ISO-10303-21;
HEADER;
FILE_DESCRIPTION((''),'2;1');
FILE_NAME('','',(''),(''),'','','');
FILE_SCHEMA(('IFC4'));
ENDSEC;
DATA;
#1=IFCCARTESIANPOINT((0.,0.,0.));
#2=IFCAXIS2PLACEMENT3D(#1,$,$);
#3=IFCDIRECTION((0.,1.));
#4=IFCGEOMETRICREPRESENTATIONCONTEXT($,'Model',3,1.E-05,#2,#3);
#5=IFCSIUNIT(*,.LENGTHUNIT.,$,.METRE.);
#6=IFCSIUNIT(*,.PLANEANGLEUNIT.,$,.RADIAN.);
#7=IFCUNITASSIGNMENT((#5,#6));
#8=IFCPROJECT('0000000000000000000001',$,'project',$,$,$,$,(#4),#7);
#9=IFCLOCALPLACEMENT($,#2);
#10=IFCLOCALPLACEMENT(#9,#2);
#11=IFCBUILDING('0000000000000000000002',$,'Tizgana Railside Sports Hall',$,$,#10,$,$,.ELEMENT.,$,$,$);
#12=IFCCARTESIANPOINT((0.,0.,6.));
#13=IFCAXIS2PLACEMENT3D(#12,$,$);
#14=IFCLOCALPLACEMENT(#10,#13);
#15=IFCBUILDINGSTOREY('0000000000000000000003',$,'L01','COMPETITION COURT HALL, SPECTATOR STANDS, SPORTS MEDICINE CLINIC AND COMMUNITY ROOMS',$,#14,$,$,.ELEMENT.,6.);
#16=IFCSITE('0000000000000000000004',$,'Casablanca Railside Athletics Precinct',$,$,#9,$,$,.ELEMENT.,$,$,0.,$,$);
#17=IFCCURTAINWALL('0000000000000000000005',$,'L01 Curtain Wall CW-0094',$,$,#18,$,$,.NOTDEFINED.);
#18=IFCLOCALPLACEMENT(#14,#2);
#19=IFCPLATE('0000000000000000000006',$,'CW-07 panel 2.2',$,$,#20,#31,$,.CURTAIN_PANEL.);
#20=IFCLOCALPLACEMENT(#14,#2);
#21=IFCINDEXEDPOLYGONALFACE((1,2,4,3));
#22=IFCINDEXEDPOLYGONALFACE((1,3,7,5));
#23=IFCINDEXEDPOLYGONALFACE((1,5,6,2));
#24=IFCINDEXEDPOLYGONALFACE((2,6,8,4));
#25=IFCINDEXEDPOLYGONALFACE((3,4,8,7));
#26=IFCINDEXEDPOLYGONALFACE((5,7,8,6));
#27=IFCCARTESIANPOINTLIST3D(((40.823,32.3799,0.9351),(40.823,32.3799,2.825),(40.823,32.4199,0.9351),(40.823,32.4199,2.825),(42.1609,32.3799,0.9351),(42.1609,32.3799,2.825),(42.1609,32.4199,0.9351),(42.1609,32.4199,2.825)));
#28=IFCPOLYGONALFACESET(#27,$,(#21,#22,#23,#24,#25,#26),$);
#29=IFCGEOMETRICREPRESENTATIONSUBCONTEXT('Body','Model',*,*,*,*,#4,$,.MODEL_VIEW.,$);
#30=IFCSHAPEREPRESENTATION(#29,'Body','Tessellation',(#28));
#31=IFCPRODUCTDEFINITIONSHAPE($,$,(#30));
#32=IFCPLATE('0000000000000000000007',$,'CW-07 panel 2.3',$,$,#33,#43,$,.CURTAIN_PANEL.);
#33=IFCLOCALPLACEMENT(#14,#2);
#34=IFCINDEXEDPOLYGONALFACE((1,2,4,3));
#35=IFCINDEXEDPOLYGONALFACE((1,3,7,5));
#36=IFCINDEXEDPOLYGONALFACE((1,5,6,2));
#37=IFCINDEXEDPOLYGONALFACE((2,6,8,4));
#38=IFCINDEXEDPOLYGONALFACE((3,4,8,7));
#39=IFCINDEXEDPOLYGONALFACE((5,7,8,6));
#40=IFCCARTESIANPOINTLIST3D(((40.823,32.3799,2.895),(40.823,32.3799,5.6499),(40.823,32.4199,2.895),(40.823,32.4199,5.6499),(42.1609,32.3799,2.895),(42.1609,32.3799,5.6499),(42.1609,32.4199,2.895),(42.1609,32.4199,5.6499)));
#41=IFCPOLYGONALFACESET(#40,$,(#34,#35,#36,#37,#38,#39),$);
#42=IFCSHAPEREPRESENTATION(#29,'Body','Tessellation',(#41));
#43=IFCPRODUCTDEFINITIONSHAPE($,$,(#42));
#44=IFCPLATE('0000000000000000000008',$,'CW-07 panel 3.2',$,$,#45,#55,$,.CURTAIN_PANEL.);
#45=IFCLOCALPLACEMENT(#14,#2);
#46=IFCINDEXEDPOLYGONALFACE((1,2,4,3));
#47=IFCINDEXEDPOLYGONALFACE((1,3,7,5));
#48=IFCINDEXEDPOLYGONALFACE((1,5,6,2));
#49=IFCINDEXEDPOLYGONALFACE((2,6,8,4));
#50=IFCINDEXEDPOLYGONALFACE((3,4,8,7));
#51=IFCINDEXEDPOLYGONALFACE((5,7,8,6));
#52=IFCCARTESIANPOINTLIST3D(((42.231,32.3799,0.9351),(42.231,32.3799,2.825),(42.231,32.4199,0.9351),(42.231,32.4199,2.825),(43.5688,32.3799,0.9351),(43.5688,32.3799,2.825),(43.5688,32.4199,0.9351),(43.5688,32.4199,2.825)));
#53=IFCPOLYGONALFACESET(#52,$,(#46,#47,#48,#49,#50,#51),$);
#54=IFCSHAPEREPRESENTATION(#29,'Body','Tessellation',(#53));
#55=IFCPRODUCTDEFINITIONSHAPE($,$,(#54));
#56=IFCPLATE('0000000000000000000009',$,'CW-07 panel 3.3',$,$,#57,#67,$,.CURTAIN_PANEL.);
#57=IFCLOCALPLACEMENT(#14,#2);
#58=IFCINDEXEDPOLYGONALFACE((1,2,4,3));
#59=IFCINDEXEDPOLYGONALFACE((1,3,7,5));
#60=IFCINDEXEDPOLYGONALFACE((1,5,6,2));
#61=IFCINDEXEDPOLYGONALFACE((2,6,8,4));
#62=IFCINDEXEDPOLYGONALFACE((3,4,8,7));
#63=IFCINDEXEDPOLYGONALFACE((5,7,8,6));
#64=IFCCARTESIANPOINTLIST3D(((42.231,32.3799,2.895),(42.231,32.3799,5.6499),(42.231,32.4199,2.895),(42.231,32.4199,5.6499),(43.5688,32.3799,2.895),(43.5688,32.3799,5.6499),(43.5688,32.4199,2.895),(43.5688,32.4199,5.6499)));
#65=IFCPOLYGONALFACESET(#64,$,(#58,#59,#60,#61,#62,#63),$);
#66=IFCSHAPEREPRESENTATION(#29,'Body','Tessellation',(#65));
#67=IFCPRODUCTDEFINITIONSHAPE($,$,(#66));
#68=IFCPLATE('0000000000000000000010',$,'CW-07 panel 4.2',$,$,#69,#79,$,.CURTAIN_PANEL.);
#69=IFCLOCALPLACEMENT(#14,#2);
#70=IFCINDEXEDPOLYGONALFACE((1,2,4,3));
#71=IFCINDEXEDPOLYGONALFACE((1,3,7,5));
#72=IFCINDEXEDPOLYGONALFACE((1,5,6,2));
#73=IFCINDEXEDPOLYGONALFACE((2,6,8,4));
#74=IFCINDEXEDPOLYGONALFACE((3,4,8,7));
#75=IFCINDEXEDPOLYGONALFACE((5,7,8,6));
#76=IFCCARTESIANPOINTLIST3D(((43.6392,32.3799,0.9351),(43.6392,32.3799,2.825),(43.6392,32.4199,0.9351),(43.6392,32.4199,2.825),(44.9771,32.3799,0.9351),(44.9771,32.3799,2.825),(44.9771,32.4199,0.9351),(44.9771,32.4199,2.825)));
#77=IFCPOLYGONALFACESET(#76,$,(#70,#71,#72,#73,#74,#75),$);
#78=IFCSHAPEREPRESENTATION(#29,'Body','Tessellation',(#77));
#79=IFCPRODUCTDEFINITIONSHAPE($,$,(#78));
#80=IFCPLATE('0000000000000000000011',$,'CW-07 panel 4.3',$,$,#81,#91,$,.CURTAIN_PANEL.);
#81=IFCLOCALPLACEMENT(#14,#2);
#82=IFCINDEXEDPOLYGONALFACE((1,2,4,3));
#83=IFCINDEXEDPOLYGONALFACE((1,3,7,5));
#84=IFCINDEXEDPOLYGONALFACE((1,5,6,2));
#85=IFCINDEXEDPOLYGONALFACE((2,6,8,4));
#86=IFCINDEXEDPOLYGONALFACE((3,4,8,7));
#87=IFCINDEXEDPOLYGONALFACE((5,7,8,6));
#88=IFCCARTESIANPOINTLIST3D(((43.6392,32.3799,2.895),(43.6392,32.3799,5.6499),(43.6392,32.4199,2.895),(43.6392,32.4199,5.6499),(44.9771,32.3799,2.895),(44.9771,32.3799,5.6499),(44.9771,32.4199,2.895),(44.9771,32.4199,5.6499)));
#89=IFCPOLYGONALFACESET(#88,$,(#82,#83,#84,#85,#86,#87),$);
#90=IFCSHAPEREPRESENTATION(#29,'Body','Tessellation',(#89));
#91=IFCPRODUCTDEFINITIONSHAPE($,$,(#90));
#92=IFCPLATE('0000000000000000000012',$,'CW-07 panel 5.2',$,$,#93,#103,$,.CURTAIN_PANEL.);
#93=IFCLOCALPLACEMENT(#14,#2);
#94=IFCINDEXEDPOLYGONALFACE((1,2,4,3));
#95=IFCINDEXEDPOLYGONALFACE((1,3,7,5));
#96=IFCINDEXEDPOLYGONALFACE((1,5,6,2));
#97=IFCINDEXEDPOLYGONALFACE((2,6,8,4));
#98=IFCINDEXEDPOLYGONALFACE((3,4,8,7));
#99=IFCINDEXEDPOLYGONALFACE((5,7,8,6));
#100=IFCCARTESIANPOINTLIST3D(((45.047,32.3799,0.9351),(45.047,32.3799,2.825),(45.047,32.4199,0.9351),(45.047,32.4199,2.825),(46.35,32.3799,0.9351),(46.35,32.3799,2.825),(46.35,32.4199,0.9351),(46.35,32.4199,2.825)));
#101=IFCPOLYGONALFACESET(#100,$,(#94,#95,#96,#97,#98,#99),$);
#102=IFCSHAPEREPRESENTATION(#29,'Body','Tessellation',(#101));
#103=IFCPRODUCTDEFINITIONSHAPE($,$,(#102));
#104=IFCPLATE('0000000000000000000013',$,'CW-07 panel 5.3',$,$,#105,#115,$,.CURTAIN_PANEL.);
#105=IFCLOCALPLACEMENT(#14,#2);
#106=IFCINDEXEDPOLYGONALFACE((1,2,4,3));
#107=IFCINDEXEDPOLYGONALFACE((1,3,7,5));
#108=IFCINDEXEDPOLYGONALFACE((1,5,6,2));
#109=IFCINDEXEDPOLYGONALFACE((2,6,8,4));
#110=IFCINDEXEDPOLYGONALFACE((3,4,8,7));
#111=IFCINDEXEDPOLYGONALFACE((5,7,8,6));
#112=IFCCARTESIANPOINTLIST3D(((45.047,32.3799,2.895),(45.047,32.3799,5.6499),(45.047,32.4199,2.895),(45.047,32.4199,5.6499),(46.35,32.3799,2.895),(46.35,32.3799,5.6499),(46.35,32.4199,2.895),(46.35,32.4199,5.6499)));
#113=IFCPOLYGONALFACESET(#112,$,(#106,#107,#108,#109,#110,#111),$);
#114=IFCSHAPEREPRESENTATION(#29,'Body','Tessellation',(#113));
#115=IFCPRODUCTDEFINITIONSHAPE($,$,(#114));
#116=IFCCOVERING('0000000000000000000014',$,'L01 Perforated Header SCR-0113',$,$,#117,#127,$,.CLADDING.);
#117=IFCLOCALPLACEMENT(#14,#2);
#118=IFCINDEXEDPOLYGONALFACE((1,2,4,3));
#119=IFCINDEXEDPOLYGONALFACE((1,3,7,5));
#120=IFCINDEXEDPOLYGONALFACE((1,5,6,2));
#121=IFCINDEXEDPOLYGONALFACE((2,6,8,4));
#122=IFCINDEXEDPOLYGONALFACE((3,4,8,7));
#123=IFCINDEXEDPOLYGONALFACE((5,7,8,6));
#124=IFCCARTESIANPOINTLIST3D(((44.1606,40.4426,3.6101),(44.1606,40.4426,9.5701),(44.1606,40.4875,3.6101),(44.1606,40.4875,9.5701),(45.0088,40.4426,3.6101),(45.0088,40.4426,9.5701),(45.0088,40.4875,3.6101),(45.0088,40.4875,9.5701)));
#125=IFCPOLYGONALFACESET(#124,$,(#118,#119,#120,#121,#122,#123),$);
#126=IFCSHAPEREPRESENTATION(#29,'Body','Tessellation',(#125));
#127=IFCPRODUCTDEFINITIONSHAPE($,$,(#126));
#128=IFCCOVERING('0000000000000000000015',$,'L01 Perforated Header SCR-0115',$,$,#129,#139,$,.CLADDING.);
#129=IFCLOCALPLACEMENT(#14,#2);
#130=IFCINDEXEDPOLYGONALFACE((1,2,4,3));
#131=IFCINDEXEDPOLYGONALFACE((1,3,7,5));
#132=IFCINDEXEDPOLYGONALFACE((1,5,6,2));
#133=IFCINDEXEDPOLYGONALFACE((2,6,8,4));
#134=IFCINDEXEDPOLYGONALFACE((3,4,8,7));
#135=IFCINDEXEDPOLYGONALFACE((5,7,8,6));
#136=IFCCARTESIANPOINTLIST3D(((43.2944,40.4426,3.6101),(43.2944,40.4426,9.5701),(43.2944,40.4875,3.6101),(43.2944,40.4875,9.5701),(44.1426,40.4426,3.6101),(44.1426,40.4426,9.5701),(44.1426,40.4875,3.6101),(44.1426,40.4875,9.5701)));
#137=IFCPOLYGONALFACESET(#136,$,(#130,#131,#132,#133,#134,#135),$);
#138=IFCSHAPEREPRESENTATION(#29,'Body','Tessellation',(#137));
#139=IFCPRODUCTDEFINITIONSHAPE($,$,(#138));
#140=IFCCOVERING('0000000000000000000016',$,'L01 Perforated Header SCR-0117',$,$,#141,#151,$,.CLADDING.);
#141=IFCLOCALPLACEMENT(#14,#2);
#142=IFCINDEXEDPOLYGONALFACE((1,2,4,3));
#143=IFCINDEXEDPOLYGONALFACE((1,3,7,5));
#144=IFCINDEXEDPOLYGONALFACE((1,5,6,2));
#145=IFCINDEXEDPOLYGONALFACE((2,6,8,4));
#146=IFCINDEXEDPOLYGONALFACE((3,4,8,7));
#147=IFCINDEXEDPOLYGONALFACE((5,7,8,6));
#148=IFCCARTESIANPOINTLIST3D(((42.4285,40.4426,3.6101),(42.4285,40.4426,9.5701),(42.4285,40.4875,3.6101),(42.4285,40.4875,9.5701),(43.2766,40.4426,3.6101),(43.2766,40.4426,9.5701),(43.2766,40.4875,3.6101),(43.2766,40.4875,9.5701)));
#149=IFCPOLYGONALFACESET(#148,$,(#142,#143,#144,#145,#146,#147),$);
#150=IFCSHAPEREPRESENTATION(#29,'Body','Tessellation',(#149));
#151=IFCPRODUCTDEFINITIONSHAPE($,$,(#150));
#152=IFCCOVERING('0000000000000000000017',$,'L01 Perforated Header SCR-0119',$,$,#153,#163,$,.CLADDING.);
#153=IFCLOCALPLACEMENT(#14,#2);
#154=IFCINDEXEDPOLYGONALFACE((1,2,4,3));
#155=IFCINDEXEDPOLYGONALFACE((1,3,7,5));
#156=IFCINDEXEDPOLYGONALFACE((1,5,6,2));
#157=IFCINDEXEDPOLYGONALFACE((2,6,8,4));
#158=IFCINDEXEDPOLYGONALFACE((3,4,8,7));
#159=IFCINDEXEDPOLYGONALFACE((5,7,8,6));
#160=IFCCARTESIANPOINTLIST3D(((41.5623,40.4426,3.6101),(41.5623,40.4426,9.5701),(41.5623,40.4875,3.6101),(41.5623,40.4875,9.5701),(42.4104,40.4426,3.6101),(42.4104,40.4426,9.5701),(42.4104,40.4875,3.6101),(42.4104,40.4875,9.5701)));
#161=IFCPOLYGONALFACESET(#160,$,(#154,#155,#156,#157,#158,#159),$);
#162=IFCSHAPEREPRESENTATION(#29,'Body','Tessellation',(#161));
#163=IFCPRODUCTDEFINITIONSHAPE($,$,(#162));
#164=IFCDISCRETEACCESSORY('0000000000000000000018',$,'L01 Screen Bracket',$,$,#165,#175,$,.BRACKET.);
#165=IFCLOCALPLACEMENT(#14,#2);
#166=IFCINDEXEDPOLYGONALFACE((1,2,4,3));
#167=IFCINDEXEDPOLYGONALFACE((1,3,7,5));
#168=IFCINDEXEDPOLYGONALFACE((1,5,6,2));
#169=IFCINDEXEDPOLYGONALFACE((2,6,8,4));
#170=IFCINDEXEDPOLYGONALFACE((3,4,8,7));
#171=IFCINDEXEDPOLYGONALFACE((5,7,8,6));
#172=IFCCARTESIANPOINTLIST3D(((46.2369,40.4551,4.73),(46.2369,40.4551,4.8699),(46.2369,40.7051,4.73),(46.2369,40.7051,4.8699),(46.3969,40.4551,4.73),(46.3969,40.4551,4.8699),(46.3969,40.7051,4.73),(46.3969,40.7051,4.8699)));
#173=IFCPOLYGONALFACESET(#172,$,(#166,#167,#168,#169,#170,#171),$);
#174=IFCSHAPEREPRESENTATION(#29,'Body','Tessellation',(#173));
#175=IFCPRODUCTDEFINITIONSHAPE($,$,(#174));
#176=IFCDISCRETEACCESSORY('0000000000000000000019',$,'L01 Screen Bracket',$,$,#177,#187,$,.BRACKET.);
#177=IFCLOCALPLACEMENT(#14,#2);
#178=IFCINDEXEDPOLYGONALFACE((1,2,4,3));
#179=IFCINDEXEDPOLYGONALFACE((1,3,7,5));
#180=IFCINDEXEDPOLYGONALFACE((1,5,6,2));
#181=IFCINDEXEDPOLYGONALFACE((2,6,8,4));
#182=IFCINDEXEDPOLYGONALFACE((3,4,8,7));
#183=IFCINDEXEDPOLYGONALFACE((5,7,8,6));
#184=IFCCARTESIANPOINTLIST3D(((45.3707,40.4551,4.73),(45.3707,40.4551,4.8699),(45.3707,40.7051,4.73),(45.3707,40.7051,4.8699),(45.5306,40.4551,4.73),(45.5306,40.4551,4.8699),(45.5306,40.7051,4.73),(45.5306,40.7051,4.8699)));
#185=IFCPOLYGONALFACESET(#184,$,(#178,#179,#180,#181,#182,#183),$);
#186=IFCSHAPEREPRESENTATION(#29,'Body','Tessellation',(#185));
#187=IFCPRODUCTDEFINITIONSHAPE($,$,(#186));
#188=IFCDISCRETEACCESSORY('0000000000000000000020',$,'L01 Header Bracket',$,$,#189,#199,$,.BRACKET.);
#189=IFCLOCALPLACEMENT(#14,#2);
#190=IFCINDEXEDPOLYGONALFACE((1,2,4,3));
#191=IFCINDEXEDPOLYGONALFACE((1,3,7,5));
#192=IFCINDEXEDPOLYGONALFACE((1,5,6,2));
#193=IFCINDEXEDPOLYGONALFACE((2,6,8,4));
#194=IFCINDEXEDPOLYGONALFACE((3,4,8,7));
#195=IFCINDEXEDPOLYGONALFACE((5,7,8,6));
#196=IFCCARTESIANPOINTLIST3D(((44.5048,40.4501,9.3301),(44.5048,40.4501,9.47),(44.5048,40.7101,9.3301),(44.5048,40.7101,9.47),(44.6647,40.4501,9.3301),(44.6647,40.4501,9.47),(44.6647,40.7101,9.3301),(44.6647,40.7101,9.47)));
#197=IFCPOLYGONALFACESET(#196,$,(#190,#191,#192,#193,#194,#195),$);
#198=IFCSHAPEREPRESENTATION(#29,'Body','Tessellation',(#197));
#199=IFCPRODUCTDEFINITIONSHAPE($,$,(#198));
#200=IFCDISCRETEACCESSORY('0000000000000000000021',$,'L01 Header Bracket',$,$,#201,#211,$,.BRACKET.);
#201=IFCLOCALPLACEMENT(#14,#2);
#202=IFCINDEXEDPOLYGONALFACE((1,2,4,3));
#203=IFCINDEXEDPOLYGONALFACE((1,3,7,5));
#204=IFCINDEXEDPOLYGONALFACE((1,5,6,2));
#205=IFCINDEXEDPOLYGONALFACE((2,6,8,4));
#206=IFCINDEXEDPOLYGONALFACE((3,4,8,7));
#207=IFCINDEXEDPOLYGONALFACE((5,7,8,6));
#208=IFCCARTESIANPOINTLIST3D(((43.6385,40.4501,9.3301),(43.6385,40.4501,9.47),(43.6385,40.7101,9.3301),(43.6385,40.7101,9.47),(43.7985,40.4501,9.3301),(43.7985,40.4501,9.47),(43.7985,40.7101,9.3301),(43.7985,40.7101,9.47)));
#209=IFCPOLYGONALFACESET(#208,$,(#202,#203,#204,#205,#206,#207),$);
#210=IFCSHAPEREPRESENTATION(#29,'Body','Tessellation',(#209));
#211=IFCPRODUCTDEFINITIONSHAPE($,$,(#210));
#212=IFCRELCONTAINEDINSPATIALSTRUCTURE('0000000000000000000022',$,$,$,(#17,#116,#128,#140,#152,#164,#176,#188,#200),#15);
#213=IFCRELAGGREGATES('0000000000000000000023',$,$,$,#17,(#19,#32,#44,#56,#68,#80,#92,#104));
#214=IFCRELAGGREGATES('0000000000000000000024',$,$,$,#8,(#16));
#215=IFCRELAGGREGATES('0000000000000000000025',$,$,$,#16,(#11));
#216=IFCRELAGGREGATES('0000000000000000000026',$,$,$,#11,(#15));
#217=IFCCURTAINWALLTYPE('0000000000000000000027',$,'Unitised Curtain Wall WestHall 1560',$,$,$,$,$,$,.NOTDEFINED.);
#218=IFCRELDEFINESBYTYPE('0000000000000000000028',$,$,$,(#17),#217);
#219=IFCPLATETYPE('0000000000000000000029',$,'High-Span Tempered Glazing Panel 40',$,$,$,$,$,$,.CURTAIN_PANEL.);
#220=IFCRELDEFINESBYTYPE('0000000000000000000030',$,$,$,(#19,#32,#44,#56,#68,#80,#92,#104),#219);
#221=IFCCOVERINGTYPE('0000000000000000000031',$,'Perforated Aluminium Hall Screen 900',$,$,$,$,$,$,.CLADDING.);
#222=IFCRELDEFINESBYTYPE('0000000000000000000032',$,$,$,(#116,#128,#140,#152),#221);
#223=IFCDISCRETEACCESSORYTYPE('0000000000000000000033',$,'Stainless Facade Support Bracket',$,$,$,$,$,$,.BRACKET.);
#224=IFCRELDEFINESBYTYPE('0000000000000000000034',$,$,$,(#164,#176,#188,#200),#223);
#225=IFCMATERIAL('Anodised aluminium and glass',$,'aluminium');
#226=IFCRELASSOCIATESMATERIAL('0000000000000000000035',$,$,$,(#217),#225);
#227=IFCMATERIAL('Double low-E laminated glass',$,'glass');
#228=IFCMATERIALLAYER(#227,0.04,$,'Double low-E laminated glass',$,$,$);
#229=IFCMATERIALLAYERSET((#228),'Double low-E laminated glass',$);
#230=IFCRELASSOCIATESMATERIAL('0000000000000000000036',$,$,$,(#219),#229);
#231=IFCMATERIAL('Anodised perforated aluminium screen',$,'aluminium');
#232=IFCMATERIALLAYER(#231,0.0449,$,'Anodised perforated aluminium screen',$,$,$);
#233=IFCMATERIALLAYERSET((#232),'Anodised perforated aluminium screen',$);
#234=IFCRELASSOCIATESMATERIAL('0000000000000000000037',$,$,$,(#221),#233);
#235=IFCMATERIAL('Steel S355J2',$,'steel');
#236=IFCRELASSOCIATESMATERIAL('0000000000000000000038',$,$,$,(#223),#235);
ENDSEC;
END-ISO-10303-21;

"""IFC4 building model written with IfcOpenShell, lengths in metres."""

from ifc_helpers import new_model, si_unit, direction, frame, origin, origin_2d, place, context, subcontext, project, spatial, rectangle, extrude, material, layer, layer_set, type_object, element, aggregate, save


model = new_model("IFC4")

# Units and contexts
model_context = context("Model", 3, precision=1e-05, world=origin(), true_north=direction((0.0, 1.0)))
body_context = subcontext(model_context, "Body", "Model", "MODEL_VIEW")
ifc_project = project(units=[si_unit("LENGTHUNIT", "METRE"), si_unit("PLANEANGLEUNIT", "RADIAN")], contexts=[model_context])

# Site, building, storey
site_placement = place(None, origin())
site = spatial("IfcSite", under=ifc_project, at=site_placement, Name="Casablanca Railside Athletics Precinct", CompositionType="ELEMENT", RefElevation=0.0)
building_placement = place(site_placement, origin())
building = spatial("IfcBuilding", under=site, at=building_placement, Name="Tizgana Railside Sports Hall", CompositionType="ELEMENT")
storey_placement = place(building_placement, frame((0.0, 0.0, 6.0)))
storey = spatial("IfcBuildingStorey", under=building, at=storey_placement, Name="L01", Description="COMPETITION COURT HALL, SPECTATOR STANDS, SPORTS MEDICINE CLINIC AND COMMUNITY ROOMS", CompositionType="ELEMENT", Elevation=6.0)

# Shared definitions
ifc_material_1 = material(Name="Steel S355J2", Category="steel")

# Curtain wall, plates
ifc_material_2 = material(Name="Anodised aluminium and glass", Category="aluminium")
curtain_wall_type = type_object("IfcCurtainWallType", Name="Unitised Curtain Wall WestHall 1560", PredefinedType="NOTDEFINED", material=ifc_material_2)
curtain_wall_placement = place(storey_placement, origin())
curtain_wall = element("IfcCurtainWall", 1, at=curtain_wall_placement, inside=storey, type_object=curtain_wall_type, Name="L01 Curtain Wall CW-0094", PredefinedType="NOTDEFINED")
ifc_material_3 = material(Name="Double low-E laminated glass", Category="glass")
ifc_layer_1 = layer(ifc_material_3, 0.04, Name="Double low-E laminated glass")
ifc_layer_set_1 = layer_set([ifc_layer_1], Name="Double low-E laminated glass")
plate_type = type_object("IfcPlateType", Name="High-Span Tempered Glazing Panel 40", PredefinedType="CURTAIN_PANEL", material=ifc_layer_set_1)
plate_1_placement = place(storey_placement, frame((41.4919, 32.3999, 0.9351), z_axis=(0.0, 0.0, 1.0), x_axis=(1.0, 0.0, 0.0)))
plate_1 = element("IfcPlate", 2, at=plate_1_placement, type_object=plate_type, Name="CW-07 panel 2.2", PredefinedType="CURTAIN_PANEL", context=body_context, shape_type="SweptSolid", body=[
    extrude(rectangle(XDim=1.3379, YDim=0.04, at=origin_2d()), origin(), (0.0, 0.0, 1.0), 1.8899),
])
plate_2_placement = place(storey_placement, frame((41.4919, 32.3999, 2.895), z_axis=(0.0, 0.0, 1.0), x_axis=(1.0, 0.0, 0.0)))
plate_2 = element("IfcPlate", 3, at=plate_2_placement, type_object=plate_type, Name="CW-07 panel 2.3", PredefinedType="CURTAIN_PANEL", context=body_context, shape_type="SweptSolid", body=[
    extrude(rectangle(XDim=1.3379, YDim=0.04, at=origin_2d()), origin(), (0.0, 0.0, 1.0), 2.7549),
])
plate_3_placement = place(storey_placement, frame((42.8999, 32.3999, 0.9351), z_axis=(0.0, 0.0, 1.0), x_axis=(1.0, 0.0, 0.0)))
plate_3 = element("IfcPlate", 4, at=plate_3_placement, type_object=plate_type, Name="CW-07 panel 3.2", PredefinedType="CURTAIN_PANEL", context=body_context, shape_type="SweptSolid", body=[
    extrude(rectangle(XDim=1.3379, YDim=0.04, at=origin_2d()), origin(), (0.0, 0.0, 1.0), 1.8899),
])
plate_4_placement = place(storey_placement, frame((42.8999, 32.3999, 2.895), z_axis=(0.0, 0.0, 1.0), x_axis=(1.0, 0.0, 0.0)))
plate_4 = element("IfcPlate", 5, at=plate_4_placement, type_object=plate_type, Name="CW-07 panel 3.3", PredefinedType="CURTAIN_PANEL", context=body_context, shape_type="SweptSolid", body=[
    extrude(rectangle(XDim=1.3379, YDim=0.04, at=origin_2d()), origin(), (0.0, 0.0, 1.0), 2.7549),
])
plate_5_placement = place(storey_placement, frame((44.3081, 32.3999, 0.9351), z_axis=(0.0, 0.0, 1.0), x_axis=(1.0, 0.0, 0.0)))
plate_5 = element("IfcPlate", 6, at=plate_5_placement, type_object=plate_type, Name="CW-07 panel 4.2", PredefinedType="CURTAIN_PANEL", context=body_context, shape_type="SweptSolid", body=[
    extrude(rectangle(XDim=1.3379, YDim=0.04, at=origin_2d()), origin(), (0.0, 0.0, 1.0), 1.8899),
])
plate_6_placement = place(storey_placement, frame((44.3081, 32.3999, 2.895), z_axis=(0.0, 0.0, 1.0), x_axis=(1.0, 0.0, 0.0)))
plate_6 = element("IfcPlate", 7, at=plate_6_placement, type_object=plate_type, Name="CW-07 panel 4.3", PredefinedType="CURTAIN_PANEL", context=body_context, shape_type="SweptSolid", body=[
    extrude(rectangle(XDim=1.3379, YDim=0.04, at=origin_2d()), origin(), (0.0, 0.0, 1.0), 2.7549),
])
plate_7_placement = place(storey_placement, frame((45.6985, 32.3999, 0.9351), z_axis=(0.0, 0.0, 1.0), x_axis=(1.0, 0.0, 0.0)))
plate_7 = element("IfcPlate", 8, at=plate_7_placement, type_object=plate_type, Name="CW-07 panel 5.2", PredefinedType="CURTAIN_PANEL", context=body_context, shape_type="SweptSolid", body=[
    extrude(rectangle(XDim=1.303, YDim=0.04, at=origin_2d()), origin(), (0.0, 0.0, 1.0), 1.8899),
])
plate_8_placement = place(storey_placement, frame((45.6985, 32.3999, 2.895), z_axis=(0.0, 0.0, 1.0), x_axis=(1.0, 0.0, 0.0)))
plate_8 = element("IfcPlate", 9, at=plate_8_placement, type_object=plate_type, Name="CW-07 panel 5.3", PredefinedType="CURTAIN_PANEL", context=body_context, shape_type="SweptSolid", body=[
    extrude(rectangle(XDim=1.303, YDim=0.04, at=origin_2d()), origin(), (0.0, 0.0, 1.0), 2.7549),
])
aggregate(curtain_wall, [plate_1, plate_2, plate_3, plate_4, plate_5, plate_6, plate_7, plate_8])

# Coverings
ifc_material_4 = material(Name="Anodised perforated aluminium screen", Category="aluminium")
ifc_layer_2 = layer(ifc_material_4, 0.0449, Name="Anodised perforated aluminium screen")
ifc_layer_set_2 = layer_set([ifc_layer_2], Name="Anodised perforated aluminium screen")
covering_type = type_object("IfcCoveringType", Name="Perforated Aluminium Hall Screen 900", PredefinedType="CLADDING", material=ifc_layer_set_2)
for number, where, z_axis, x_axis, name in (
    (10, (44.5847, 40.4651, 3.6101), (0.0, 0.0, 1.0), (-1.0, 0.0, 0.0), "L01 Perforated Header SCR-0113"),
    (11, (43.7185, 40.4651, 3.6101), (0.0, 0.0, 1.0), (-1.0, 0.0, 0.0), "L01 Perforated Header SCR-0115"),
    (12, (42.8525, 40.4651, 3.6101), (0.0, 0.0, 1.0), (-1.0, 0.0, 0.0), "L01 Perforated Header SCR-0117"),
    (13, (41.9863, 40.4651, 3.6101), (0.0, 0.0, 1.0), (-1.0, 0.0, 0.0), "L01 Perforated Header SCR-0119"),
):
    element("IfcCovering", number, at=place(storey_placement, frame(where, z_axis=z_axis, x_axis=x_axis)), inside=storey, type_object=covering_type, Name=name, PredefinedType="CLADDING", context=body_context, shape_type="SweptSolid", body=[
        extrude(rectangle(XDim=0.8481, YDim=0.0449, at=origin_2d()), origin(), (0.0, 0.0, 1.0), 5.96),
    ])

# Discrete accessories
discrete_accessory_type = type_object("IfcDiscreteAccessoryType", Name="Stainless Facade Support Bracket", PredefinedType="BRACKET", material=ifc_material_1)
for number, where, z_axis, x_axis, name in (
    (14, (46.3169, 40.5801, 4.73), (0.0, 0.0, 1.0), (-1.0, 0.0, 0.0), "L01 Screen Bracket"),
    (15, (45.4507, 40.5801, 4.73), (0.0, 0.0, 1.0), (-1.0, 0.0, 0.0), "L01 Screen Bracket"),
):
    element("IfcDiscreteAccessory", number, at=place(storey_placement, frame(where, z_axis=z_axis, x_axis=x_axis)), inside=storey, type_object=discrete_accessory_type, Name=name, PredefinedType="BRACKET", context=body_context, shape_type="SweptSolid", body=[
        extrude(rectangle(XDim=0.1599, YDim=0.25, at=origin_2d()), origin(), (0.0, 0.0, 1.0), 0.1399),
    ])
for number, where, z_axis, x_axis, name in (
    (16, (44.5847, 40.5801, 9.3301), (0.0, 0.0, 1.0), (-1.0, 0.0, 0.0), "L01 Header Bracket"),
    (17, (43.7185, 40.5801, 9.3301), (0.0, 0.0, 1.0), (-1.0, 0.0, 0.0), "L01 Header Bracket"),
):
    element("IfcDiscreteAccessory", number, at=place(storey_placement, frame(where, z_axis=z_axis, x_axis=x_axis)), inside=storey, type_object=discrete_accessory_type, Name=name, PredefinedType="BRACKET", context=body_context, shape_type="SweptSolid", body=[
        extrude(rectangle(XDim=0.1599, YDim=0.26, at=origin_2d()), origin(), (0.0, 0.0, 1.0), 0.1399),
    ])

save(model, "model.ifc")
